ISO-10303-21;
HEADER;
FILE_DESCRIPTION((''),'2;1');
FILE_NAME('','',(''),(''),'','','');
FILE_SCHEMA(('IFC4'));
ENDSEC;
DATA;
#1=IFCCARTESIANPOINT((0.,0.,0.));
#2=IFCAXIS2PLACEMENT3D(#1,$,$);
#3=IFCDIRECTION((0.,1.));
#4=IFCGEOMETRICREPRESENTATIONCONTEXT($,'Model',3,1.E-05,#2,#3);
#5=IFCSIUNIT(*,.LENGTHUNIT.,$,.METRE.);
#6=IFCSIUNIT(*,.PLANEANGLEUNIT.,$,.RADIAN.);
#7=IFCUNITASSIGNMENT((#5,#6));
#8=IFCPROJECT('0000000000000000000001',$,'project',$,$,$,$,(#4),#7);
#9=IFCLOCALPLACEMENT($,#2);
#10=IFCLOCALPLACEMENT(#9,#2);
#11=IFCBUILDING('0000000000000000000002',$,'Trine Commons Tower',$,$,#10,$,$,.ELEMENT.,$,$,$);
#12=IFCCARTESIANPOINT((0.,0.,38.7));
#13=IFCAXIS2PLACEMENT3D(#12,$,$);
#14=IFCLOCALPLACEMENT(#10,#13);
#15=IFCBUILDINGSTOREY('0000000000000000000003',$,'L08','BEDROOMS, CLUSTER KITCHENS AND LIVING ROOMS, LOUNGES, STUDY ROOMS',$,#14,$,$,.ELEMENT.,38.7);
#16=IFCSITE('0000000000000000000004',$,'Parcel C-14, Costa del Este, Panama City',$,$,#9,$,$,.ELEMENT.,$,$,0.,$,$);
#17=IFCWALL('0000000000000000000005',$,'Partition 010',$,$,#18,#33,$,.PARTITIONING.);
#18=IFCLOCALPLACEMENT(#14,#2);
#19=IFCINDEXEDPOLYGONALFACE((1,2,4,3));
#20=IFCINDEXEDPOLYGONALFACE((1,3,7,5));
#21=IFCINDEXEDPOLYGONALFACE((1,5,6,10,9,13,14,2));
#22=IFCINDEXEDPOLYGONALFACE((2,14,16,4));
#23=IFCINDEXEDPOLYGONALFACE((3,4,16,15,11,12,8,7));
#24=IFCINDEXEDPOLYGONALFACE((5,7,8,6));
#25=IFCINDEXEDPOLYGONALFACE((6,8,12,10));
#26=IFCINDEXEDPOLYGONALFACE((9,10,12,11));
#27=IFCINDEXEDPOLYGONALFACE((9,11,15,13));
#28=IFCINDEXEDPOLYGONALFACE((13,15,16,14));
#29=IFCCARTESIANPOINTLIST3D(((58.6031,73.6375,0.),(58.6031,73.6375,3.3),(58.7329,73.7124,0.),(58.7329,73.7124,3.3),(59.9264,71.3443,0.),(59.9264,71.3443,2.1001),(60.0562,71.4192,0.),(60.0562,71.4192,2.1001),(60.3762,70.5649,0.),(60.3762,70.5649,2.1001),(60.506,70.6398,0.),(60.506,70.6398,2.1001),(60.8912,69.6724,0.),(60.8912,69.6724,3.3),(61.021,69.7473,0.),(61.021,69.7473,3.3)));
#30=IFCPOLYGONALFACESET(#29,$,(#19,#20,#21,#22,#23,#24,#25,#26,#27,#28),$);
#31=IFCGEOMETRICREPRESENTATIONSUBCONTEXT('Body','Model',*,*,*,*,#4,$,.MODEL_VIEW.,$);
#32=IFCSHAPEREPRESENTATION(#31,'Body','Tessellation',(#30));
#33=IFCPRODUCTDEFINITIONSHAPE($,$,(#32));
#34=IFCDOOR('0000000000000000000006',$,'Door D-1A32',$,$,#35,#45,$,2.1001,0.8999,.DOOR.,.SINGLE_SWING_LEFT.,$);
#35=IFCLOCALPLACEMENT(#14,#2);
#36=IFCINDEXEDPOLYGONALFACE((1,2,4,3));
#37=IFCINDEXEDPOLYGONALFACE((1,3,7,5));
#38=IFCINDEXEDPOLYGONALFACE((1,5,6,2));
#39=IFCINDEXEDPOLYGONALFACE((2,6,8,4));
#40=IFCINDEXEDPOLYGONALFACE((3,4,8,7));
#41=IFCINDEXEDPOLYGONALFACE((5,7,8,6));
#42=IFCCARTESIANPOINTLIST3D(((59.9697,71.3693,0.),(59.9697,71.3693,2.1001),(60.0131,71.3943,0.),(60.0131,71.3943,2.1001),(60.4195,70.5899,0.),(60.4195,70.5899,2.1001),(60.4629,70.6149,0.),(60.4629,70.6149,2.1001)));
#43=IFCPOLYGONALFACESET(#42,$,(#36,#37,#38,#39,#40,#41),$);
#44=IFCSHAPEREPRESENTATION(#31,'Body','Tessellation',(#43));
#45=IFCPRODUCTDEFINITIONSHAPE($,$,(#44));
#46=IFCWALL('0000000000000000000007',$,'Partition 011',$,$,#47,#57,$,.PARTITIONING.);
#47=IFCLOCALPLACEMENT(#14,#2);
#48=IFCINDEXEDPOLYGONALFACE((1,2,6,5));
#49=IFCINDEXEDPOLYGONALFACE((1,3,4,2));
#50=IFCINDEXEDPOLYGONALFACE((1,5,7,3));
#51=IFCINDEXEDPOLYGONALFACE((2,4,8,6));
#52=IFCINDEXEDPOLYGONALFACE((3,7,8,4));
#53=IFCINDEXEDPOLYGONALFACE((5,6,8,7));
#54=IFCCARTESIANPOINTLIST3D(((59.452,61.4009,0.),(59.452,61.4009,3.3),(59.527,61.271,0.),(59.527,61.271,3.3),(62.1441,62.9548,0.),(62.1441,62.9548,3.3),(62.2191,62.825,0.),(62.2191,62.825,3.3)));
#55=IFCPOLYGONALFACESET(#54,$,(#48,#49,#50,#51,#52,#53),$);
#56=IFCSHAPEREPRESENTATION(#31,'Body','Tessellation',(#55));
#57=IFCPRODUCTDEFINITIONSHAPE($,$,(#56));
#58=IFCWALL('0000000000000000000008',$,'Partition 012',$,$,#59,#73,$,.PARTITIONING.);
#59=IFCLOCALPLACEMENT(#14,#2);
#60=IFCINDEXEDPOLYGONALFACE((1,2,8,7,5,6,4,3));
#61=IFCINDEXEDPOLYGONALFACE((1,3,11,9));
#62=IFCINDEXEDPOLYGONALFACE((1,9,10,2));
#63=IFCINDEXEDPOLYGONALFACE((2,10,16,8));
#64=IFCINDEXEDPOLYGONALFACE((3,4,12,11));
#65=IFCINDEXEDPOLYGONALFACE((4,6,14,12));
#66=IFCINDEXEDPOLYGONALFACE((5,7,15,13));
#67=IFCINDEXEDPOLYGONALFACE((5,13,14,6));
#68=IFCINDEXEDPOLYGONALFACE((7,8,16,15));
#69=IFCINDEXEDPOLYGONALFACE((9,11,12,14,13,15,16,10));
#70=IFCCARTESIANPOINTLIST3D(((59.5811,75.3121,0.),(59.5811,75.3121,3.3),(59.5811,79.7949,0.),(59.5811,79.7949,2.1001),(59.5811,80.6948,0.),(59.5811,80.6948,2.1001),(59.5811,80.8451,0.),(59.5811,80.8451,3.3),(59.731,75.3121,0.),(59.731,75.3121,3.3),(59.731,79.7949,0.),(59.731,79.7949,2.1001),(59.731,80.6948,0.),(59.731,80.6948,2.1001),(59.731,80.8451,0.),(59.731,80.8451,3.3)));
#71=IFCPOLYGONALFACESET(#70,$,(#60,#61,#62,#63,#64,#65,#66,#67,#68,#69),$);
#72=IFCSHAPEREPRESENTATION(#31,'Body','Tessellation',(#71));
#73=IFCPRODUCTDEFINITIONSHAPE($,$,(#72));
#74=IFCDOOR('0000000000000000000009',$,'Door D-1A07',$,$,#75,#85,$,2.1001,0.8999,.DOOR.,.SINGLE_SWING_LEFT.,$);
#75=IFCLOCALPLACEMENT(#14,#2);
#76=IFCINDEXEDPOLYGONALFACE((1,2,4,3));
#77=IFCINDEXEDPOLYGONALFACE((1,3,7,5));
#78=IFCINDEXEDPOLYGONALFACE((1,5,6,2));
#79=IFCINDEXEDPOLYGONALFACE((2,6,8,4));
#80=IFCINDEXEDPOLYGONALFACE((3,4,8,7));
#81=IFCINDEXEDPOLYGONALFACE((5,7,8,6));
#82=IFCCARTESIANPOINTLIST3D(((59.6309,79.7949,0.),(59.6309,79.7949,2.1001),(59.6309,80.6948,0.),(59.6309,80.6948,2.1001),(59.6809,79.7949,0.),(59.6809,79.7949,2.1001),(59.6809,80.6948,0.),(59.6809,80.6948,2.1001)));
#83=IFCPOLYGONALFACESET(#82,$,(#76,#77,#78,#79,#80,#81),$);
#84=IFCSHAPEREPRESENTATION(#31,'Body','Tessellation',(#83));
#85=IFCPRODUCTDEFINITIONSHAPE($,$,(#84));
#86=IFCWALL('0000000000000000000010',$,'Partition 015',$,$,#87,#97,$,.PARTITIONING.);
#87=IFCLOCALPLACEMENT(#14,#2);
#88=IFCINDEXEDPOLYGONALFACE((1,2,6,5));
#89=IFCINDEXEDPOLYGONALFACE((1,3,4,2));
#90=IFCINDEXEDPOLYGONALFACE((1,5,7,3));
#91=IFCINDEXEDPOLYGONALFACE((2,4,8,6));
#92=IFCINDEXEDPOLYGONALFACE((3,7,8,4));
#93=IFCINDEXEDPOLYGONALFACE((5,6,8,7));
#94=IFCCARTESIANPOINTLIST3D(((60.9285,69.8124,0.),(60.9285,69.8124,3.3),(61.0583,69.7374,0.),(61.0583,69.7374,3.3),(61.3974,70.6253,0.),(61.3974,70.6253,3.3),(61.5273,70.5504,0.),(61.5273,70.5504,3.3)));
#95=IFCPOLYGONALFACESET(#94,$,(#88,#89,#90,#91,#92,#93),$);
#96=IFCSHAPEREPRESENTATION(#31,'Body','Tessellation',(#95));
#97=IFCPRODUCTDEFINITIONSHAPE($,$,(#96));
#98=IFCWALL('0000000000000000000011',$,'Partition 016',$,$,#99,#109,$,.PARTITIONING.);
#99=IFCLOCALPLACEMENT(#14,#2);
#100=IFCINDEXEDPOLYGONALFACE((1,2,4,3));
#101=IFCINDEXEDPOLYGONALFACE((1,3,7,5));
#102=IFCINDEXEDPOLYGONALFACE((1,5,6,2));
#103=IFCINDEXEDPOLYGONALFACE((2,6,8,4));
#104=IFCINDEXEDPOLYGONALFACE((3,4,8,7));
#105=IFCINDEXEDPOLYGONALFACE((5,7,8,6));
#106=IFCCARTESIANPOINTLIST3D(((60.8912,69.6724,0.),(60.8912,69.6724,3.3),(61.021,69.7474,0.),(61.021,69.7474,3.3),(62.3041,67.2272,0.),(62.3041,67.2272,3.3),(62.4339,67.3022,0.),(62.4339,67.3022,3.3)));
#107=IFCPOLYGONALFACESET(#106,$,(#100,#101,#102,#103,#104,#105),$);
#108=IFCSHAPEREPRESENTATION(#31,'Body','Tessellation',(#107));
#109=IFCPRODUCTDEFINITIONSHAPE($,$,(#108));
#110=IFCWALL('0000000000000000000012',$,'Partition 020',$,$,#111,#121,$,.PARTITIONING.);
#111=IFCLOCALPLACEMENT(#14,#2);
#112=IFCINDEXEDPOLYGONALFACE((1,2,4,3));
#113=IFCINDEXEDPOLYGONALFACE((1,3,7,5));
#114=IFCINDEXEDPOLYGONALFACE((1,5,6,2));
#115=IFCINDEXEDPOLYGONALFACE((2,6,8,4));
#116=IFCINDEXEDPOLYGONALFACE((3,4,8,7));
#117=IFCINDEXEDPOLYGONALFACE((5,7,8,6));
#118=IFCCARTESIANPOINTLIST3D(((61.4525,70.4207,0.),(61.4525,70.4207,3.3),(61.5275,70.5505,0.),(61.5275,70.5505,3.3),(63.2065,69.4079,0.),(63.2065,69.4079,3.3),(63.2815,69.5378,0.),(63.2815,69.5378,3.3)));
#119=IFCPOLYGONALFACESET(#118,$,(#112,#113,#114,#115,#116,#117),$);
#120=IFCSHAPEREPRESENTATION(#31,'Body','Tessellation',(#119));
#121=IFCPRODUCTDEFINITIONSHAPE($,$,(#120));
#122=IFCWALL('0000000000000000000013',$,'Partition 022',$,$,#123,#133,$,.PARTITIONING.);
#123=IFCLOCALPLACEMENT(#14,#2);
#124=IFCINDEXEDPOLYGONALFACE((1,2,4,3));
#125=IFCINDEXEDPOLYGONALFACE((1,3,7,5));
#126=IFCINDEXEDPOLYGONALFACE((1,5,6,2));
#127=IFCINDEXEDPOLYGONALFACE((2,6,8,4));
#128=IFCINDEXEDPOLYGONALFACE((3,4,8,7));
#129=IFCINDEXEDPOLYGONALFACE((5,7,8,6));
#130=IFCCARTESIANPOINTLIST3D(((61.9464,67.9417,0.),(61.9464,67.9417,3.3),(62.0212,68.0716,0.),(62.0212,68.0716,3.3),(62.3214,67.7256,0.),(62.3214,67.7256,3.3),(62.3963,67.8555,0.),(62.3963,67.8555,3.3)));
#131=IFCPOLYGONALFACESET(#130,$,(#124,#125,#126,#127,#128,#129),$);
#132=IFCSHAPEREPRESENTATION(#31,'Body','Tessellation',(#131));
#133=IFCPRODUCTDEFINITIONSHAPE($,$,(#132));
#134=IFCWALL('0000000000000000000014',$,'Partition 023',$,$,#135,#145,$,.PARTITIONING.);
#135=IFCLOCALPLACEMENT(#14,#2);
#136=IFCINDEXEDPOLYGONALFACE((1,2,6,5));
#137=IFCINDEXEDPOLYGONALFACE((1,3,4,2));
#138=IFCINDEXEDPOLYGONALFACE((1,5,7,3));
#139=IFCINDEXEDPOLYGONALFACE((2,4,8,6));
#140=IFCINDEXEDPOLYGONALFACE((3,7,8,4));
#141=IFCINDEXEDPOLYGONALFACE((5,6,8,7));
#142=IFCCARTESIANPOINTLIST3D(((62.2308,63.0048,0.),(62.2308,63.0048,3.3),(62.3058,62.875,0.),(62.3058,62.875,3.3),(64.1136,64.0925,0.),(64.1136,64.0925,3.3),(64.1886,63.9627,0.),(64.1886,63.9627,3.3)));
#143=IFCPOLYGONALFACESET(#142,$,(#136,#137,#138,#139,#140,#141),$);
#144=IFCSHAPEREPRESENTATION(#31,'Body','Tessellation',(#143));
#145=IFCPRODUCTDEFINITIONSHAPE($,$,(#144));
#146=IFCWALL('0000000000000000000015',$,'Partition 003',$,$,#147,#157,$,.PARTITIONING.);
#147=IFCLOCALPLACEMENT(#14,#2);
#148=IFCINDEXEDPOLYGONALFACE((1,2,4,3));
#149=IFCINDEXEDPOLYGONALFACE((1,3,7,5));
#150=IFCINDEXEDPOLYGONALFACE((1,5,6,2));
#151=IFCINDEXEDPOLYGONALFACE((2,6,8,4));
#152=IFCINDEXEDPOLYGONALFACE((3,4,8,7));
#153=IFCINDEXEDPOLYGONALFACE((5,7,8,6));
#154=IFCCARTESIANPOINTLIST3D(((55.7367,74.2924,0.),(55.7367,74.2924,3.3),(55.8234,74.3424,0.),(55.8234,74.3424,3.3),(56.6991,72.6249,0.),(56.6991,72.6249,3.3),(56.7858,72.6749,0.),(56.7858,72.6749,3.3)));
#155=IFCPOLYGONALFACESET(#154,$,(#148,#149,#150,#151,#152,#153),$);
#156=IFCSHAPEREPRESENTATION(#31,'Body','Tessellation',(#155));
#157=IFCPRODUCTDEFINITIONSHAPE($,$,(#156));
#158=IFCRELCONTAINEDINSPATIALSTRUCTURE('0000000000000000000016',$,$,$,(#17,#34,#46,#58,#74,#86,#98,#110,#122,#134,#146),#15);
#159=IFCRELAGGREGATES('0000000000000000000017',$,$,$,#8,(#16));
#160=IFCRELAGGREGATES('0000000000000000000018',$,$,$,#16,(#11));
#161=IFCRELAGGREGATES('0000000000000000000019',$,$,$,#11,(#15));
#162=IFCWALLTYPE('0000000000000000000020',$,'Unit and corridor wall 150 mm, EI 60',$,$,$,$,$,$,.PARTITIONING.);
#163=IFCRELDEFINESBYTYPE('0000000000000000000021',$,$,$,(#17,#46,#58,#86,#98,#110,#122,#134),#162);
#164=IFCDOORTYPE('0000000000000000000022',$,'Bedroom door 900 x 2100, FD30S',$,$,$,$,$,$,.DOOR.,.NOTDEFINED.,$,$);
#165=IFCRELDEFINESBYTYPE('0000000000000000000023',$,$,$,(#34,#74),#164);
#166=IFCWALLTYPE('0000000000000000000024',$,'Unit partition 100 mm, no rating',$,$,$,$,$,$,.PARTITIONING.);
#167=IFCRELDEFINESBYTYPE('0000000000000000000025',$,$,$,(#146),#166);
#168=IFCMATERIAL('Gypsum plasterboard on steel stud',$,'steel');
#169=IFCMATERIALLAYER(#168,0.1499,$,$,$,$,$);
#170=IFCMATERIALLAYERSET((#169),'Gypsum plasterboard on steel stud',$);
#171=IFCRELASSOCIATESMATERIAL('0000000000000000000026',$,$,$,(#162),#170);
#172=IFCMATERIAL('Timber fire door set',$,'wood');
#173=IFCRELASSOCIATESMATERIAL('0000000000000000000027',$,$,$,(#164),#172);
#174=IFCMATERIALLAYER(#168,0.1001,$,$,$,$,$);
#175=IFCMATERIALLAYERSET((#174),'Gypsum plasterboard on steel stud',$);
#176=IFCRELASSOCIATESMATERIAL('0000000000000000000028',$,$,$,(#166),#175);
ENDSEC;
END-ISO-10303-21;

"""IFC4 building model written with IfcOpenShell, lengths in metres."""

from ifc_helpers import new_model, si_unit, direction, frame, frame_2d, origin, place, context, subcontext, project, spatial, rectangle, extrude, material, layer, layer_set, type_object, element, fill, save


model = new_model("IFC4")

# Units and contexts
model_context = context("Model", 3, precision=1e-05, world=origin(), true_north=direction((0.0, 1.0)))
body_context = subcontext(model_context, "Body", "Model", "MODEL_VIEW")
ifc_project = project(units=[si_unit("LENGTHUNIT", "METRE"), si_unit("PLANEANGLEUNIT", "RADIAN")], contexts=[model_context])

# Site, building, storey
site_placement = place(None, origin())
site = spatial("IfcSite", under=ifc_project, at=site_placement, Name="Parcel C-14, Costa del Este, Panama City", CompositionType="ELEMENT", RefElevation=0.0)
building_placement = place(site_placement, origin())
building = spatial("IfcBuilding", under=site, at=building_placement, Name="Trine Commons Tower", CompositionType="ELEMENT")
storey_placement = place(building_placement, frame((0.0, 0.0, 38.7)))
storey = spatial("IfcBuildingStorey", under=building, at=storey_placement, Name="L08", Description="BEDROOMS, CLUSTER KITCHENS AND LIVING ROOMS, LOUNGES, STUDY ROOMS", CompositionType="ELEMENT", Elevation=38.7)

# Shared definitions
ifc_material_1 = material(Name="Gypsum plasterboard on steel stud", Category="steel")
ifc_layer_1 = layer(ifc_material_1, 0.1499)
ifc_layer_set_1 = layer_set([ifc_layer_1], Name="Gypsum plasterboard on steel stud")
wall_type_1 = type_object("IfcWallType", Name="Unit and corridor wall 150 mm, EI 60", PredefinedType="PARTITIONING", material=ifc_layer_set_1)

# Wall, opening, door
wall_1_placement = place(storey_placement, frame((58.668, 73.675, 0.0), z_axis=(0.0, 0.0, 1.0), x_axis=(0.49981, -0.866135, 0.0)))
wall_1 = element("IfcWall", 1, at=wall_1_placement, inside=storey, type_object=wall_type_1, Name="Partition 010", PredefinedType="PARTITIONING", context=body_context, shape_type="SweptSolid", body=[
    extrude(rectangle(XDim=4.5779, YDim=0.1499, at=frame_2d((2.2891, 0.0))), origin(), (0.0, 0.0, 1.0), 3.3),
])
opening_1_placement = place(wall_1_placement, frame((2.6477, 0.0, 0.0)))
opening_1 = element("IfcOpeningElement", 2, at=opening_1_placement, cuts=wall_1, PredefinedType="OPENING", context=body_context, shape_type="SweptSolid", body=[
    extrude(rectangle(XDim=0.8999, YDim=2.1001, at=frame_2d((0.45, 1.05))), frame((0.0, 0.085, 0.0), z_axis=(0.0, -1.0, 0.0), x_axis=(1.0, 0.0, 0.0)), (0.0, 0.0, 1.0), 0.1699),
])
ifc_material_2 = material(Name="Timber fire door set", Category="wood")
door_type_1 = type_object("IfcDoorType", Name="Bedroom door 900 x 2100, FD30S", OperationType="NOTDEFINED", PredefinedType="DOOR", material=ifc_material_2)
door_1_placement = place(opening_1_placement, frame((0.8999, 0.0, 0.0), z_axis=(0.0, 0.0, 1.0), x_axis=(-1.0, 0.0, 0.0)))
door_1 = element("IfcDoor", 3, at=door_1_placement, inside=storey, type_object=door_type_1, Name="Door D-1A32", OperationType="SINGLE_SWING_LEFT", OverallHeight=2.1001, OverallWidth=0.8999, PredefinedType="DOOR", context=body_context, shape_type="SweptSolid", body=[
    extrude(rectangle(XDim=0.8999, YDim=2.1001, at=frame_2d((0.45, 1.05))), frame((0.0, 0.0249, 0.0), z_axis=(0.0, -1.0, 0.0), x_axis=(1.0, 0.0, 0.0)), (0.0, 0.0, 1.0), 0.05),
])
fill(opening_1, door_1)

# Wall
wall_2_placement = place(storey_placement, frame((59.4895, 61.3359, 0.0), z_axis=(0.0, 0.0, 1.0), x_axis=(0.866074, 0.499915, 0.0)))
element("IfcWall", 4, at=wall_2_placement, inside=storey, type_object=wall_type_1, Name="Partition 011", PredefinedType="PARTITIONING", context=body_context, shape_type="SweptSolid", body=[
    extrude(rectangle(XDim=3.1084, YDim=0.1499, at=frame_2d((1.5542, 0.0))), origin(), (0.0, 0.0, 1.0), 3.3),
])

# Wall, opening, door
wall_3_placement = place(storey_placement, frame((59.656, 75.312, 0.0), z_axis=(0.0, 0.0, 1.0), x_axis=(0.0, 1.0, 0.0)))
wall_3 = element("IfcWall", 5, at=wall_3_placement, inside=storey, type_object=wall_type_1, Name="Partition 012", PredefinedType="PARTITIONING", context=body_context, shape_type="SweptSolid", body=[
    extrude(rectangle(XDim=5.533, YDim=0.1499, at=frame_2d((2.7666, 0.0))), origin(), (0.0, 0.0, 1.0), 3.3),
])
opening_2_placement = place(wall_3_placement, frame((4.4829, 0.0, 0.0)))
opening_2 = element("IfcOpeningElement", 6, at=opening_2_placement, cuts=wall_3, PredefinedType="OPENING", context=body_context, shape_type="SweptSolid", body=[
    extrude(rectangle(XDim=0.8999, YDim=2.1001, at=frame_2d((0.45, 1.05))), frame((0.0, 0.085, 0.0), z_axis=(0.0, -1.0, 0.0), x_axis=(1.0, 0.0, 0.0)), (0.0, 0.0, 1.0), 0.1699),
])
door_2_placement = place(opening_2_placement, frame((0.8999, 0.0, 0.0), z_axis=(0.0, 0.0, 1.0), x_axis=(-1.0, 0.0, 0.0)))
door_2 = element("IfcDoor", 7, at=door_2_placement, inside=storey, type_object=door_type_1, Name="Door D-1A07", OperationType="SINGLE_SWING_LEFT", OverallHeight=2.1001, OverallWidth=0.8999, PredefinedType="DOOR", context=body_context, shape_type="SweptSolid", body=[
    extrude(rectangle(XDim=0.8999, YDim=2.1001, at=frame_2d((0.45, 1.05))), frame((0.0, 0.0249, 0.0), z_axis=(0.0, -1.0, 0.0), x_axis=(1.0, 0.0, 0.0)), (0.0, 0.0, 1.0), 0.05),
])
fill(opening_2, door_2)

# Walls
wall_4_placement = place(storey_placement, frame((60.9934, 69.7749, 0.0), z_axis=(0.0, 0.0, 1.0), x_axis=(0.499692, 0.866203, 0.0)))
element("IfcWall", 8, at=wall_4_placement, inside=storey, type_object=wall_type_1, Name="Partition 015", PredefinedType="PARTITIONING", context=body_context, shape_type="SweptSolid", body=[
    extrude(rectangle(XDim=0.9385, YDim=0.1499, at=frame_2d((0.4692, 0.0))), origin(), (0.0, 0.0, 1.0), 3.3),
])
wall_5_placement = place(storey_placement, frame((60.9561, 69.71, 0.0), z_axis=(0.0, 0.0, 1.0), x_axis=(0.500314, -0.865844, 0.0)))
element("IfcWall", 9, at=wall_5_placement, inside=storey, type_object=wall_type_1, Name="Partition 016", PredefinedType="PARTITIONING", context=body_context, shape_type="SweptSolid", body=[
    extrude(rectangle(XDim=2.824, YDim=0.1499, at=frame_2d((1.4121, 0.0))), origin(), (0.0, 0.0, 1.0), 3.3),
])
wall_6_placement = place(storey_placement, frame((61.49, 70.4856, 0.0), z_axis=(0.0, 0.0, 1.0), x_axis=(0.866009, -0.500029, 0.0)))
element("IfcWall", 10, at=wall_6_placement, inside=storey, type_object=wall_type_1, Name="Partition 020", PredefinedType="PARTITIONING", context=body_context, shape_type="SweptSolid", body=[
    extrude(rectangle(XDim=2.0254, YDim=0.1499, at=frame_2d((1.0127, 0.0))), origin(), (0.0, 0.0, 1.0), 3.3),
])
wall_7_placement = place(storey_placement, frame((61.9839, 68.0066, 0.0), z_axis=(0.0, 0.0, 1.0), x_axis=(0.866467, -0.499234, 0.0)))
element("IfcWall", 11, at=wall_7_placement, inside=storey, type_object=wall_type_1, Name="Partition 022", PredefinedType="PARTITIONING", context=body_context, shape_type="SweptSolid", body=[
    extrude(rectangle(XDim=0.4329, YDim=0.1499, at=frame_2d((0.2163, 0.0))), origin(), (0.0, 0.0, 1.0), 3.3),
])
wall_8_placement = place(storey_placement, frame((62.2683, 62.9399, 0.0), z_axis=(0.0, 0.0, 1.0), x_axis=(0.865905, 0.500208, 0.0)))
element("IfcWall", 12, at=wall_8_placement, inside=storey, type_object=wall_type_1, Name="Partition 023", PredefinedType="PARTITIONING", context=body_context, shape_type="SweptSolid", body=[
    extrude(rectangle(XDim=2.1743, YDim=0.1499, at=frame_2d((1.0872, 0.0))), origin(), (0.0, 0.0, 1.0), 3.3),
])
ifc_layer_2 = layer(ifc_material_1, 0.1001)
ifc_layer_set_2 = layer_set([ifc_layer_2], Name="Gypsum plasterboard on steel stud")
wall_type_2 = type_object("IfcWallType", Name="Unit partition 100 mm, no rating", PredefinedType="PARTITIONING", material=ifc_layer_set_2)
wall_9_placement = place(storey_placement, frame((55.78, 74.3174, 0.0), z_axis=(0.0, 0.0, 1.0), x_axis=(0.499876, -0.866097, 0.0)))
element("IfcWall", 13, at=wall_9_placement, inside=storey, type_object=wall_type_2, Name="Partition 003", PredefinedType="PARTITIONING", context=body_context, shape_type="SweptSolid", body=[
    extrude(rectangle(XDim=1.9253, YDim=0.1001, at=frame_2d((0.9626, 0.0))), origin(), (0.0, 0.0, 1.0), 3.3),
])

save(model, "model.ifc")
